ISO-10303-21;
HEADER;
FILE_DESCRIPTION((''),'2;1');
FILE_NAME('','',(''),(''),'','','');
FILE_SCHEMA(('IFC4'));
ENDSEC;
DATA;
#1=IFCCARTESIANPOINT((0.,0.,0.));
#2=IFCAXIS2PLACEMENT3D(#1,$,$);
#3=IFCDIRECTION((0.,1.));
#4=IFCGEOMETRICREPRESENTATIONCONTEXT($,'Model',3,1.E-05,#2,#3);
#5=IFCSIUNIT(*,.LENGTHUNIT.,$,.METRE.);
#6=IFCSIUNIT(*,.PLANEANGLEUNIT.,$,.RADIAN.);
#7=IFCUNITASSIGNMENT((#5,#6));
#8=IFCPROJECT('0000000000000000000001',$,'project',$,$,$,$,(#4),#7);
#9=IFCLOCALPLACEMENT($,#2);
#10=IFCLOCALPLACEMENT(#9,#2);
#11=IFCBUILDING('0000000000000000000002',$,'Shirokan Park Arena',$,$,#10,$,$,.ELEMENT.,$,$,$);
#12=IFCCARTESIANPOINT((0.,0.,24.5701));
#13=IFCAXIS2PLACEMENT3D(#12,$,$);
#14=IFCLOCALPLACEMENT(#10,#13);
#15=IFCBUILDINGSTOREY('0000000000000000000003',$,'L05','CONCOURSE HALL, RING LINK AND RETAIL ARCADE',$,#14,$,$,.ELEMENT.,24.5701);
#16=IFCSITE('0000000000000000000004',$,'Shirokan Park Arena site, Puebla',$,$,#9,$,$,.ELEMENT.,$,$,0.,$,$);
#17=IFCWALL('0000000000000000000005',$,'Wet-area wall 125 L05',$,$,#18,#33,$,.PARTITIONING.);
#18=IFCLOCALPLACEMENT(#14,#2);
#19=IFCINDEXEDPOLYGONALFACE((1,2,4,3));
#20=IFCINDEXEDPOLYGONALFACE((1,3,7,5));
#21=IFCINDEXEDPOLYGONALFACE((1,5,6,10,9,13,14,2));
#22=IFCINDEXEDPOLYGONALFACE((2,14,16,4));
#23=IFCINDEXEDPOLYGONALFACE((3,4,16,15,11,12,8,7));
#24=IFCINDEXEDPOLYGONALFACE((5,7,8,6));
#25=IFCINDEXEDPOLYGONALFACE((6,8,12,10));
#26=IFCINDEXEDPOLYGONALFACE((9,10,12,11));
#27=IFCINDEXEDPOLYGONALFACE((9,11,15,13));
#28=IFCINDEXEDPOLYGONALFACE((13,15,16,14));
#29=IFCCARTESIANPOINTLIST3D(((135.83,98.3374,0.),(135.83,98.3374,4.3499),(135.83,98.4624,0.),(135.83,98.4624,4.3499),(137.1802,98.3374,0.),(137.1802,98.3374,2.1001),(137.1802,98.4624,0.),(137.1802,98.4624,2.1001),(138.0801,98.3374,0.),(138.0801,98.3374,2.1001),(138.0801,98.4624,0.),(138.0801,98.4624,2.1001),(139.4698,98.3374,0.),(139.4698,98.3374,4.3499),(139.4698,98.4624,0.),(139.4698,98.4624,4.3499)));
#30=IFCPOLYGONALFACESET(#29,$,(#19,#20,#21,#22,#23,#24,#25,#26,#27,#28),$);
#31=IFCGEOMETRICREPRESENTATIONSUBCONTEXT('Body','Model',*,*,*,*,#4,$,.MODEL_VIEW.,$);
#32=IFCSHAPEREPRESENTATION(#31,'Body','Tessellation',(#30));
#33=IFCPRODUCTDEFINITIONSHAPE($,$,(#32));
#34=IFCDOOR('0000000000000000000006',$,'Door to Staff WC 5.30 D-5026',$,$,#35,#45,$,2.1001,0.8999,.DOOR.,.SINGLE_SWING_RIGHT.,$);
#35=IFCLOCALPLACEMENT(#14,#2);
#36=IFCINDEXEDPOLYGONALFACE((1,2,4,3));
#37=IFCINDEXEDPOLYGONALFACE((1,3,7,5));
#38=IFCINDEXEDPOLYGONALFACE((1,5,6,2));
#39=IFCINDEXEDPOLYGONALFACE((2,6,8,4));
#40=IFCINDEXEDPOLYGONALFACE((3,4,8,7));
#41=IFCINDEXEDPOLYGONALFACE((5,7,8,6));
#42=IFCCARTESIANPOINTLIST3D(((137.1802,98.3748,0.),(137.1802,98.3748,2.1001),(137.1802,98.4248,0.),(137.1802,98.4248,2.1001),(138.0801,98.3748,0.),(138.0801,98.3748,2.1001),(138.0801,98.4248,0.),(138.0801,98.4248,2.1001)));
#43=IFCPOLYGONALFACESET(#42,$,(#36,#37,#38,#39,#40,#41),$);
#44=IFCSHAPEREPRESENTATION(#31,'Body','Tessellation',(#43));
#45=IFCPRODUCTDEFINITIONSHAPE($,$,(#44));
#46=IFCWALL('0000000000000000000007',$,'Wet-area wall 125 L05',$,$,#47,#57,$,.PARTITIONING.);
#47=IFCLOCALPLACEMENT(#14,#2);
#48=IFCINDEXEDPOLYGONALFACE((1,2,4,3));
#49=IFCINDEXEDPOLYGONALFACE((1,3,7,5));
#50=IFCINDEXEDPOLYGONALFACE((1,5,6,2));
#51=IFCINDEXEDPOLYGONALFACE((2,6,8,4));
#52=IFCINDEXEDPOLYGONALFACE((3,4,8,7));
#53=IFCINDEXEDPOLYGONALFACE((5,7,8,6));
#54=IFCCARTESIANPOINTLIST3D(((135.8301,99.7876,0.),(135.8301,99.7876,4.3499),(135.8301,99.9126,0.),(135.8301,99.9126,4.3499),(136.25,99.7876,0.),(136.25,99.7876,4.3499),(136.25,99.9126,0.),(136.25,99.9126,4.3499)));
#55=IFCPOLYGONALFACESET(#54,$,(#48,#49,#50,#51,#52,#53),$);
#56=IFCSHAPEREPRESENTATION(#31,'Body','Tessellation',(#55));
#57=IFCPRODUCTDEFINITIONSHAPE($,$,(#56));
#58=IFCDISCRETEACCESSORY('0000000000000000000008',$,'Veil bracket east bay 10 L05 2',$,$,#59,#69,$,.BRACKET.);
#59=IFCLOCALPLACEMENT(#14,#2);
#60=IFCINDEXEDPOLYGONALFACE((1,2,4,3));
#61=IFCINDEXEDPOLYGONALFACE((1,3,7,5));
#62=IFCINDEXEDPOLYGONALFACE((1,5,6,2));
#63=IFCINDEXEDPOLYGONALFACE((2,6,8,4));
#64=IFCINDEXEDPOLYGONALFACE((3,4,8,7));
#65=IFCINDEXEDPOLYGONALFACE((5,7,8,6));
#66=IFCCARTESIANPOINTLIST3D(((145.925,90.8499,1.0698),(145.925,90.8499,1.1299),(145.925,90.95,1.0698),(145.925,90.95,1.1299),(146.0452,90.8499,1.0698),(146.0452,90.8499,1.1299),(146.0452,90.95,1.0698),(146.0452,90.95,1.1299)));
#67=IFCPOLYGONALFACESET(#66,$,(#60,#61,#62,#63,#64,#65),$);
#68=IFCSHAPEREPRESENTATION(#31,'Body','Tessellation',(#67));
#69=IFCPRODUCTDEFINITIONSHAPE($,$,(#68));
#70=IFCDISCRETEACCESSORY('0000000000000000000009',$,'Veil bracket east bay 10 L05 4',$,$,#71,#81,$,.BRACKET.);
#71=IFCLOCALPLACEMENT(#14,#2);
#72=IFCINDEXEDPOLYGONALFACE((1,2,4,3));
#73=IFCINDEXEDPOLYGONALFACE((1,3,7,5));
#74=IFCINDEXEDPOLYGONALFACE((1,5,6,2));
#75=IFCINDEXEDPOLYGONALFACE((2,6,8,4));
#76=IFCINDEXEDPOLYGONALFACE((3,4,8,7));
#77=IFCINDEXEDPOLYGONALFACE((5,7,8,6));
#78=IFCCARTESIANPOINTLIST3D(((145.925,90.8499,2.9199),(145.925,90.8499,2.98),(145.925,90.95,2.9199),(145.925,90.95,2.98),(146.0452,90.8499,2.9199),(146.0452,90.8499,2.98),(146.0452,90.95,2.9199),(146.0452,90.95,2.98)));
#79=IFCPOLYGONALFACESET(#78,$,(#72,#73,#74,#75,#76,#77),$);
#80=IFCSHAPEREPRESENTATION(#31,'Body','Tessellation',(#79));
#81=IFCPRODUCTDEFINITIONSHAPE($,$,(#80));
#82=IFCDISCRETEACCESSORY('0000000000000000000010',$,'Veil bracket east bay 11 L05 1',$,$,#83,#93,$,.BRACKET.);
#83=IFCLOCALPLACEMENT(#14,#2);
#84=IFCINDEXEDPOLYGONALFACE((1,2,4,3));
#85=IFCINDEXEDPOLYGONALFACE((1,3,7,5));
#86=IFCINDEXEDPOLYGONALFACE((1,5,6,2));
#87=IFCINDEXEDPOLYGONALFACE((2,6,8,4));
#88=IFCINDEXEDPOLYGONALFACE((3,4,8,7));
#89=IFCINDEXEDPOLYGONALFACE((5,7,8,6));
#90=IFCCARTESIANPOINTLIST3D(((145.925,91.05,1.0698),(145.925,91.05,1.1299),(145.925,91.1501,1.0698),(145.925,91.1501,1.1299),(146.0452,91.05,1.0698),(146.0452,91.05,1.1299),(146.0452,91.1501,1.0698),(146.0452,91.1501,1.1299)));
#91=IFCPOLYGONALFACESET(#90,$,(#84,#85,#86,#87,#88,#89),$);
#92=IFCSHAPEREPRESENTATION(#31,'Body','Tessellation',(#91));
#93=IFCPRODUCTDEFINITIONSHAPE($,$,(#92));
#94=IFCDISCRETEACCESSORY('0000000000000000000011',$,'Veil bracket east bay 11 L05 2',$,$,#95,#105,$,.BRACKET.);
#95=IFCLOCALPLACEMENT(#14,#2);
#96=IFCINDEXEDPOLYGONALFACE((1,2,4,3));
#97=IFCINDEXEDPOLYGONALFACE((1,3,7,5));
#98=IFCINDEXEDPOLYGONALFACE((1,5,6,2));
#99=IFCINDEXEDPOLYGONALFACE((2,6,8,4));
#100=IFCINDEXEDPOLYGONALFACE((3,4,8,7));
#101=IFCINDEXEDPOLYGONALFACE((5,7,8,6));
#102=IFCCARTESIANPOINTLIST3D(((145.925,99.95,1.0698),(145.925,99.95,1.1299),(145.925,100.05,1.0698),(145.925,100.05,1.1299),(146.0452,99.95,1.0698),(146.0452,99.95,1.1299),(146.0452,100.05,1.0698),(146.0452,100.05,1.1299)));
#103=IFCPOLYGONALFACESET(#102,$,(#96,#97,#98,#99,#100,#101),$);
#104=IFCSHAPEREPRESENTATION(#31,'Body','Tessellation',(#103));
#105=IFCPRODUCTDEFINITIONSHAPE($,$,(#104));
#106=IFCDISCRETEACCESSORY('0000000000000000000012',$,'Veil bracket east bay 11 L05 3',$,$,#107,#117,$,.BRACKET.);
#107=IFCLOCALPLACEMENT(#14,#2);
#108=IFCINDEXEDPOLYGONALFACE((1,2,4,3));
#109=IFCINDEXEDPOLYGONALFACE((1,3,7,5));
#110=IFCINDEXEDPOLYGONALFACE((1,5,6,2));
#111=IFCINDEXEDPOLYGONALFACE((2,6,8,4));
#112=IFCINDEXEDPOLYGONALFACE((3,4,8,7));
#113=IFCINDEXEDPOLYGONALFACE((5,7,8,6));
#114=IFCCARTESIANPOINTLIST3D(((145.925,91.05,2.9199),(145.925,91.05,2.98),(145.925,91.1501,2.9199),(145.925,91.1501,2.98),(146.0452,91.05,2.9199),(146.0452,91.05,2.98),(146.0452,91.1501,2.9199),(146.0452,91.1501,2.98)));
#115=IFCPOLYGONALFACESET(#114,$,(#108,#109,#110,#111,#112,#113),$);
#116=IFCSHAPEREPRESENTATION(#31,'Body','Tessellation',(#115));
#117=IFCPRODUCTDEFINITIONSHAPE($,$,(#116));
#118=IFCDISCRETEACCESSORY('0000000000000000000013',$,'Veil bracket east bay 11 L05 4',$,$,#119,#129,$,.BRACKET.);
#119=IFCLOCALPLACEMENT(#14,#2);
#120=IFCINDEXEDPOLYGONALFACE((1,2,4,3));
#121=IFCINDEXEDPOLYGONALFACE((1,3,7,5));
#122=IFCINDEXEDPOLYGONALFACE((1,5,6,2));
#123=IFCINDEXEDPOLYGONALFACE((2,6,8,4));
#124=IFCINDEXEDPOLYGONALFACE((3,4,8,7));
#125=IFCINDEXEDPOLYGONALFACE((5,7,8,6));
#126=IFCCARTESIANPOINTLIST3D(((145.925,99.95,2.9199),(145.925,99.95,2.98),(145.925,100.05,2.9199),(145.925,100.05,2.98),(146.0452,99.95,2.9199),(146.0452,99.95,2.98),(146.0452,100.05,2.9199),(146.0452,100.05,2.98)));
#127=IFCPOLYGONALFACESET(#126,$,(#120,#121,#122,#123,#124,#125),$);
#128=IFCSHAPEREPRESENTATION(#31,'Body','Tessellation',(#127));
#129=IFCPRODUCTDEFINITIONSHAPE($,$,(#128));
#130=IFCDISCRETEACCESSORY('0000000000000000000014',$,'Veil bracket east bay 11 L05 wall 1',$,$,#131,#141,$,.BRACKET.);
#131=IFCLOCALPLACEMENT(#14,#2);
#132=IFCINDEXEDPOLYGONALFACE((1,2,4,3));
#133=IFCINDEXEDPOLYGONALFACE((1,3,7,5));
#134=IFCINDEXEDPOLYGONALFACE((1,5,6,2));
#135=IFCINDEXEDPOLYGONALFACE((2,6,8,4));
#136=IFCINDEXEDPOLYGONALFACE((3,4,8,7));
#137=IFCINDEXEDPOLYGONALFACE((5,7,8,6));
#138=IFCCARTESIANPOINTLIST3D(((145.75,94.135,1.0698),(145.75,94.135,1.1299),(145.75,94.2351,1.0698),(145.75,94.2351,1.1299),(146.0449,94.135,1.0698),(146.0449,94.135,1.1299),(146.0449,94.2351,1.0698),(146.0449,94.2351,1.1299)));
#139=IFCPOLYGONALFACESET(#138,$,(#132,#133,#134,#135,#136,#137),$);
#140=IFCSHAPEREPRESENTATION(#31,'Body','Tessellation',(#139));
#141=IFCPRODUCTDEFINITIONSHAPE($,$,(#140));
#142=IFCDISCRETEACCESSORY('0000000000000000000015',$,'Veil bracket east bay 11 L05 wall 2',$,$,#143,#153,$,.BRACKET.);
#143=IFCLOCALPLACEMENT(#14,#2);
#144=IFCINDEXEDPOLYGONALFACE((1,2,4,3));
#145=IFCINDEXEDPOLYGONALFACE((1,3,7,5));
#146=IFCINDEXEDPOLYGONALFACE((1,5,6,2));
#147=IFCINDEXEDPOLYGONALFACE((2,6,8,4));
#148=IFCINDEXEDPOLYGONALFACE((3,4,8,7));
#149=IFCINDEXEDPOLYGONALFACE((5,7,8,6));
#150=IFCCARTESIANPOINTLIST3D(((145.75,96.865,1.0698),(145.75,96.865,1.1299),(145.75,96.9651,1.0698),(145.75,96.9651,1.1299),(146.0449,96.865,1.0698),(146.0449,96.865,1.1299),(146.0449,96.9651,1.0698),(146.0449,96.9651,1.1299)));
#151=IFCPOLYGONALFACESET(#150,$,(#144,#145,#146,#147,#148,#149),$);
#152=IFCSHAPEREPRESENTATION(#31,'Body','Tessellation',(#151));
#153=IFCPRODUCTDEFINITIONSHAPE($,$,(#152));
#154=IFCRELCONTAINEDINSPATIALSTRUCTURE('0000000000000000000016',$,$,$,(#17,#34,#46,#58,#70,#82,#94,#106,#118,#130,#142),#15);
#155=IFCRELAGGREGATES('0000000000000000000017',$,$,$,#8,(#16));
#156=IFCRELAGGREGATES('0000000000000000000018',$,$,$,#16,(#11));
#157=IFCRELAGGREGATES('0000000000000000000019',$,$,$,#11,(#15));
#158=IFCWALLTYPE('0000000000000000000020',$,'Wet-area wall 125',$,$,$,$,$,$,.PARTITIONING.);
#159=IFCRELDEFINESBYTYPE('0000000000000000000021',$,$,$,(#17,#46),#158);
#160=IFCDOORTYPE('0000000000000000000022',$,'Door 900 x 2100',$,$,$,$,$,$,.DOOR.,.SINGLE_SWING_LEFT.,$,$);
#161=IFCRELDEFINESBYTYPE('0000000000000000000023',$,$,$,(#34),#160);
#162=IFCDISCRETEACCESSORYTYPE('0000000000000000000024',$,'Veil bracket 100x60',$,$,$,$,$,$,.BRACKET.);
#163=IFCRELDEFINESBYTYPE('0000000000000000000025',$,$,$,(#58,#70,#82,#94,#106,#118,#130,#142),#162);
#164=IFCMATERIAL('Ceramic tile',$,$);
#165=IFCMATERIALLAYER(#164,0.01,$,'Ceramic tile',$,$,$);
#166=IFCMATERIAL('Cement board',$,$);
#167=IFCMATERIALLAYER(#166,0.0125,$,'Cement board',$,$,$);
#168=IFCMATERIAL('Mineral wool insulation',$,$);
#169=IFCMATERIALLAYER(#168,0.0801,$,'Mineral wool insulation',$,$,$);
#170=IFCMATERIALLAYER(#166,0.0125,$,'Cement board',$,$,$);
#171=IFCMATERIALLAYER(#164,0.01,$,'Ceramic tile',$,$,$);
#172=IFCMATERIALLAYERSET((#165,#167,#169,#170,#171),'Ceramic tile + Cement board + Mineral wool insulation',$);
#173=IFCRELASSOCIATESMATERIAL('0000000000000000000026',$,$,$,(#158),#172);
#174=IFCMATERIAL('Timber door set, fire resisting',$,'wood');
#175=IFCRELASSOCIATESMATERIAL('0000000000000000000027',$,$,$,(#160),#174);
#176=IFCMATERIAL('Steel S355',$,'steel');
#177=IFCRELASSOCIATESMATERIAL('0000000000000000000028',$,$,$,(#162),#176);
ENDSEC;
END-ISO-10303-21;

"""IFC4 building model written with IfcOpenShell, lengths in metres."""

from ifc_helpers import new_model, si_unit, direction, frame, frame_2d, origin, origin_2d, place, context, subcontext, project, spatial, rectangle, extrude, material, layer, layer_set, type_object, element, fill, save


model = new_model("IFC4")

# Units and contexts
model_context = context("Model", 3, precision=1e-05, world=origin(), true_north=direction((0.0, 1.0)))
body_context = subcontext(model_context, "Body", "Model", "MODEL_VIEW")
ifc_project = project(units=[si_unit("LENGTHUNIT", "METRE"), si_unit("PLANEANGLEUNIT", "RADIAN")], contexts=[model_context])

# Site, building, storey
site_placement = place(None, origin())
site = spatial("IfcSite", under=ifc_project, at=site_placement, Name="Shirokan Park Arena site, Puebla", CompositionType="ELEMENT", RefElevation=0.0)
building_placement = place(site_placement, origin())
building = spatial("IfcBuilding", under=site, at=building_placement, Name="Shirokan Park Arena", CompositionType="ELEMENT")
storey_placement = place(building_placement, frame((0.0, 0.0, 24.5701)))
storey = spatial("IfcBuildingStorey", under=building, at=storey_placement, Name="L05", Description="CONCOURSE HALL, RING LINK AND RETAIL ARCADE", CompositionType="ELEMENT", Elevation=24.5701)

# Shared definitions
ifc_material_1 = material(Name="Mineral wool insulation")

# Wall, opening, door
ifc_material_2 = material(Name="Ceramic tile")
ifc_layer_1 = layer(ifc_material_2, 0.01, Name="Ceramic tile")
ifc_material_3 = material(Name="Cement board")
ifc_layer_2 = layer(ifc_material_3, 0.0125, Name="Cement board")
ifc_layer_3 = layer(ifc_material_1, 0.0801, Name="Mineral wool insulation")
ifc_layer_4 = layer(ifc_material_3, 0.0125, Name="Cement board")
ifc_layer_5 = layer(ifc_material_2, 0.01, Name="Ceramic tile")
ifc_layer_set_1 = layer_set([ifc_layer_1, ifc_layer_2, ifc_layer_3, ifc_layer_4, ifc_layer_5], Name="Ceramic tile + Cement board + Mineral wool insulation")
wall_type_1 = type_object("IfcWallType", Name="Wet-area wall 125", PredefinedType="PARTITIONING", material=ifc_layer_set_1)
wall_1_placement = place(storey_placement, frame((135.8301, 98.3999, 0.0), z_axis=(0.0, 0.0, 1.0), x_axis=(1.0, 0.0, 0.0)))
wall_1 = element("IfcWall", 1, at=wall_1_placement, inside=storey, type_object=wall_type_1, Name="Wet-area wall 125 L05", PredefinedType="PARTITIONING", context=body_context, shape_type="SweptSolid", body=[
    extrude(rectangle(XDim=3.6399, YDim=0.125, at=frame_2d((1.8198, 0.0))), origin(), (0.0, 0.0, 1.0), 4.3499),
])
opening_1_placement = place(wall_1_placement, frame((1.3501, 0.0, 0.0)))
opening_1 = element("IfcOpeningElement", 2, at=opening_1_placement, cuts=wall_1, PredefinedType="OPENING", context=body_context, shape_type="SweptSolid", body=[
    extrude(rectangle(XDim=0.8999, YDim=2.1001, at=frame_2d((0.45, 1.05))), frame((0.0, 0.0725, 0.0), z_axis=(0.0, -1.0, 0.0), x_axis=(1.0, 0.0, 0.0)), (0.0, 0.0, 1.0), 0.145),
])
ifc_material_4 = material(Name="Timber door set, fire resisting", Category="wood")
door_type_1 = type_object("IfcDoorType", Name="Door 900 x 2100", OperationType="SINGLE_SWING_LEFT", PredefinedType="DOOR", material=ifc_material_4)
door_1_placement = place(opening_1_placement, origin())
door_1 = element("IfcDoor", 3, at=door_1_placement, inside=storey, type_object=door_type_1, Name="Door to Staff WC 5.30 D-5026", OperationType="SINGLE_SWING_RIGHT", OverallHeight=2.1001, OverallWidth=0.8999, PredefinedType="DOOR", context=body_context, shape_type="SweptSolid", body=[
    extrude(rectangle(XDim=0.8999, YDim=2.1001, at=frame_2d((0.45, 1.05))), frame((0.0, 0.0249, 0.0), z_axis=(0.0, -1.0, 0.0), x_axis=(1.0, 0.0, 0.0)), (0.0, 0.0, 1.0), 0.05),
])
fill(opening_1, door_1)

# Wall
wall_2_placement = place(storey_placement, frame((135.8301, 99.8501, 0.0), z_axis=(0.0, 0.0, 1.0), x_axis=(1.0, 0.0, 0.0)))
element("IfcWall", 4, at=wall_2_placement, inside=storey, type_object=wall_type_1, Name="Wet-area wall 125 L05", PredefinedType="PARTITIONING", context=body_context, shape_type="SweptSolid", body=[
    extrude(rectangle(XDim=0.4199, YDim=0.125, at=frame_2d((0.21, 0.0))), origin(), (0.0, 0.0, 1.0), 4.3499),
])

# Discrete accessories
ifc_material_5 = material(Name="Steel S355", Category="steel")
discrete_accessory_type = type_object("IfcDiscreteAccessoryType", Name="Veil bracket 100x60", PredefinedType="BRACKET", material=ifc_material_5)
for number, where, z_axis, x_axis, name in (
    (5, (145.9851, 90.8999, 1.0698), (0.0, 0.0, 1.0), (0.0, 1.0, 0.0), "Veil bracket east bay 10 L05 2"),
    (6, (145.9851, 90.8999, 2.9199), (0.0, 0.0, 1.0), (0.0, 1.0, 0.0), "Veil bracket east bay 10 L05 4"),
    (7, (145.9851, 91.1001, 1.0698), (0.0, 0.0, 1.0), (0.0, 1.0, 0.0), "Veil bracket east bay 11 L05 1"),
    (8, (145.9851, 100.0, 1.0698), (0.0, 0.0, 1.0), (0.0, 1.0, 0.0), "Veil bracket east bay 11 L05 2"),
    (9, (145.9851, 91.1001, 2.9199), (0.0, 0.0, 1.0), (0.0, 1.0, 0.0), "Veil bracket east bay 11 L05 3"),
    (10, (145.9851, 100.0, 2.9199), (0.0, 0.0, 1.0), (0.0, 1.0, 0.0), "Veil bracket east bay 11 L05 4"),
):
    element("IfcDiscreteAccessory", number, at=place(storey_placement, frame(where, z_axis=z_axis, x_axis=x_axis)), inside=storey, type_object=discrete_accessory_type, Name=name, PredefinedType="BRACKET", context=body_context, shape_type="SweptSolid", body=[
        extrude(rectangle(XDim=0.1001, YDim=0.1201, at=origin_2d()), origin(), (0.0, 0.0, 1.0), 0.0601),
    ])
for number, where, z_axis, x_axis, name in (
    (11, (145.8975, 94.1851, 1.0698), (0.0, 0.0, 1.0), (0.0, 1.0, 0.0), "Veil bracket east bay 11 L05 wall 1"),
    (12, (145.8975, 96.915, 1.0698), (0.0, 0.0, 1.0), (0.0, 1.0, 0.0), "Veil bracket east bay 11 L05 wall 2"),
):
    element("IfcDiscreteAccessory", number, at=place(storey_placement, frame(where, z_axis=z_axis, x_axis=x_axis)), inside=storey, type_object=discrete_accessory_type, Name=name, PredefinedType="BRACKET", context=body_context, shape_type="SweptSolid", body=[
        extrude(rectangle(XDim=0.1001, YDim=0.2949, at=origin_2d()), origin(), (0.0, 0.0, 1.0), 0.0601),
    ])

save(model, "model.ifc")
